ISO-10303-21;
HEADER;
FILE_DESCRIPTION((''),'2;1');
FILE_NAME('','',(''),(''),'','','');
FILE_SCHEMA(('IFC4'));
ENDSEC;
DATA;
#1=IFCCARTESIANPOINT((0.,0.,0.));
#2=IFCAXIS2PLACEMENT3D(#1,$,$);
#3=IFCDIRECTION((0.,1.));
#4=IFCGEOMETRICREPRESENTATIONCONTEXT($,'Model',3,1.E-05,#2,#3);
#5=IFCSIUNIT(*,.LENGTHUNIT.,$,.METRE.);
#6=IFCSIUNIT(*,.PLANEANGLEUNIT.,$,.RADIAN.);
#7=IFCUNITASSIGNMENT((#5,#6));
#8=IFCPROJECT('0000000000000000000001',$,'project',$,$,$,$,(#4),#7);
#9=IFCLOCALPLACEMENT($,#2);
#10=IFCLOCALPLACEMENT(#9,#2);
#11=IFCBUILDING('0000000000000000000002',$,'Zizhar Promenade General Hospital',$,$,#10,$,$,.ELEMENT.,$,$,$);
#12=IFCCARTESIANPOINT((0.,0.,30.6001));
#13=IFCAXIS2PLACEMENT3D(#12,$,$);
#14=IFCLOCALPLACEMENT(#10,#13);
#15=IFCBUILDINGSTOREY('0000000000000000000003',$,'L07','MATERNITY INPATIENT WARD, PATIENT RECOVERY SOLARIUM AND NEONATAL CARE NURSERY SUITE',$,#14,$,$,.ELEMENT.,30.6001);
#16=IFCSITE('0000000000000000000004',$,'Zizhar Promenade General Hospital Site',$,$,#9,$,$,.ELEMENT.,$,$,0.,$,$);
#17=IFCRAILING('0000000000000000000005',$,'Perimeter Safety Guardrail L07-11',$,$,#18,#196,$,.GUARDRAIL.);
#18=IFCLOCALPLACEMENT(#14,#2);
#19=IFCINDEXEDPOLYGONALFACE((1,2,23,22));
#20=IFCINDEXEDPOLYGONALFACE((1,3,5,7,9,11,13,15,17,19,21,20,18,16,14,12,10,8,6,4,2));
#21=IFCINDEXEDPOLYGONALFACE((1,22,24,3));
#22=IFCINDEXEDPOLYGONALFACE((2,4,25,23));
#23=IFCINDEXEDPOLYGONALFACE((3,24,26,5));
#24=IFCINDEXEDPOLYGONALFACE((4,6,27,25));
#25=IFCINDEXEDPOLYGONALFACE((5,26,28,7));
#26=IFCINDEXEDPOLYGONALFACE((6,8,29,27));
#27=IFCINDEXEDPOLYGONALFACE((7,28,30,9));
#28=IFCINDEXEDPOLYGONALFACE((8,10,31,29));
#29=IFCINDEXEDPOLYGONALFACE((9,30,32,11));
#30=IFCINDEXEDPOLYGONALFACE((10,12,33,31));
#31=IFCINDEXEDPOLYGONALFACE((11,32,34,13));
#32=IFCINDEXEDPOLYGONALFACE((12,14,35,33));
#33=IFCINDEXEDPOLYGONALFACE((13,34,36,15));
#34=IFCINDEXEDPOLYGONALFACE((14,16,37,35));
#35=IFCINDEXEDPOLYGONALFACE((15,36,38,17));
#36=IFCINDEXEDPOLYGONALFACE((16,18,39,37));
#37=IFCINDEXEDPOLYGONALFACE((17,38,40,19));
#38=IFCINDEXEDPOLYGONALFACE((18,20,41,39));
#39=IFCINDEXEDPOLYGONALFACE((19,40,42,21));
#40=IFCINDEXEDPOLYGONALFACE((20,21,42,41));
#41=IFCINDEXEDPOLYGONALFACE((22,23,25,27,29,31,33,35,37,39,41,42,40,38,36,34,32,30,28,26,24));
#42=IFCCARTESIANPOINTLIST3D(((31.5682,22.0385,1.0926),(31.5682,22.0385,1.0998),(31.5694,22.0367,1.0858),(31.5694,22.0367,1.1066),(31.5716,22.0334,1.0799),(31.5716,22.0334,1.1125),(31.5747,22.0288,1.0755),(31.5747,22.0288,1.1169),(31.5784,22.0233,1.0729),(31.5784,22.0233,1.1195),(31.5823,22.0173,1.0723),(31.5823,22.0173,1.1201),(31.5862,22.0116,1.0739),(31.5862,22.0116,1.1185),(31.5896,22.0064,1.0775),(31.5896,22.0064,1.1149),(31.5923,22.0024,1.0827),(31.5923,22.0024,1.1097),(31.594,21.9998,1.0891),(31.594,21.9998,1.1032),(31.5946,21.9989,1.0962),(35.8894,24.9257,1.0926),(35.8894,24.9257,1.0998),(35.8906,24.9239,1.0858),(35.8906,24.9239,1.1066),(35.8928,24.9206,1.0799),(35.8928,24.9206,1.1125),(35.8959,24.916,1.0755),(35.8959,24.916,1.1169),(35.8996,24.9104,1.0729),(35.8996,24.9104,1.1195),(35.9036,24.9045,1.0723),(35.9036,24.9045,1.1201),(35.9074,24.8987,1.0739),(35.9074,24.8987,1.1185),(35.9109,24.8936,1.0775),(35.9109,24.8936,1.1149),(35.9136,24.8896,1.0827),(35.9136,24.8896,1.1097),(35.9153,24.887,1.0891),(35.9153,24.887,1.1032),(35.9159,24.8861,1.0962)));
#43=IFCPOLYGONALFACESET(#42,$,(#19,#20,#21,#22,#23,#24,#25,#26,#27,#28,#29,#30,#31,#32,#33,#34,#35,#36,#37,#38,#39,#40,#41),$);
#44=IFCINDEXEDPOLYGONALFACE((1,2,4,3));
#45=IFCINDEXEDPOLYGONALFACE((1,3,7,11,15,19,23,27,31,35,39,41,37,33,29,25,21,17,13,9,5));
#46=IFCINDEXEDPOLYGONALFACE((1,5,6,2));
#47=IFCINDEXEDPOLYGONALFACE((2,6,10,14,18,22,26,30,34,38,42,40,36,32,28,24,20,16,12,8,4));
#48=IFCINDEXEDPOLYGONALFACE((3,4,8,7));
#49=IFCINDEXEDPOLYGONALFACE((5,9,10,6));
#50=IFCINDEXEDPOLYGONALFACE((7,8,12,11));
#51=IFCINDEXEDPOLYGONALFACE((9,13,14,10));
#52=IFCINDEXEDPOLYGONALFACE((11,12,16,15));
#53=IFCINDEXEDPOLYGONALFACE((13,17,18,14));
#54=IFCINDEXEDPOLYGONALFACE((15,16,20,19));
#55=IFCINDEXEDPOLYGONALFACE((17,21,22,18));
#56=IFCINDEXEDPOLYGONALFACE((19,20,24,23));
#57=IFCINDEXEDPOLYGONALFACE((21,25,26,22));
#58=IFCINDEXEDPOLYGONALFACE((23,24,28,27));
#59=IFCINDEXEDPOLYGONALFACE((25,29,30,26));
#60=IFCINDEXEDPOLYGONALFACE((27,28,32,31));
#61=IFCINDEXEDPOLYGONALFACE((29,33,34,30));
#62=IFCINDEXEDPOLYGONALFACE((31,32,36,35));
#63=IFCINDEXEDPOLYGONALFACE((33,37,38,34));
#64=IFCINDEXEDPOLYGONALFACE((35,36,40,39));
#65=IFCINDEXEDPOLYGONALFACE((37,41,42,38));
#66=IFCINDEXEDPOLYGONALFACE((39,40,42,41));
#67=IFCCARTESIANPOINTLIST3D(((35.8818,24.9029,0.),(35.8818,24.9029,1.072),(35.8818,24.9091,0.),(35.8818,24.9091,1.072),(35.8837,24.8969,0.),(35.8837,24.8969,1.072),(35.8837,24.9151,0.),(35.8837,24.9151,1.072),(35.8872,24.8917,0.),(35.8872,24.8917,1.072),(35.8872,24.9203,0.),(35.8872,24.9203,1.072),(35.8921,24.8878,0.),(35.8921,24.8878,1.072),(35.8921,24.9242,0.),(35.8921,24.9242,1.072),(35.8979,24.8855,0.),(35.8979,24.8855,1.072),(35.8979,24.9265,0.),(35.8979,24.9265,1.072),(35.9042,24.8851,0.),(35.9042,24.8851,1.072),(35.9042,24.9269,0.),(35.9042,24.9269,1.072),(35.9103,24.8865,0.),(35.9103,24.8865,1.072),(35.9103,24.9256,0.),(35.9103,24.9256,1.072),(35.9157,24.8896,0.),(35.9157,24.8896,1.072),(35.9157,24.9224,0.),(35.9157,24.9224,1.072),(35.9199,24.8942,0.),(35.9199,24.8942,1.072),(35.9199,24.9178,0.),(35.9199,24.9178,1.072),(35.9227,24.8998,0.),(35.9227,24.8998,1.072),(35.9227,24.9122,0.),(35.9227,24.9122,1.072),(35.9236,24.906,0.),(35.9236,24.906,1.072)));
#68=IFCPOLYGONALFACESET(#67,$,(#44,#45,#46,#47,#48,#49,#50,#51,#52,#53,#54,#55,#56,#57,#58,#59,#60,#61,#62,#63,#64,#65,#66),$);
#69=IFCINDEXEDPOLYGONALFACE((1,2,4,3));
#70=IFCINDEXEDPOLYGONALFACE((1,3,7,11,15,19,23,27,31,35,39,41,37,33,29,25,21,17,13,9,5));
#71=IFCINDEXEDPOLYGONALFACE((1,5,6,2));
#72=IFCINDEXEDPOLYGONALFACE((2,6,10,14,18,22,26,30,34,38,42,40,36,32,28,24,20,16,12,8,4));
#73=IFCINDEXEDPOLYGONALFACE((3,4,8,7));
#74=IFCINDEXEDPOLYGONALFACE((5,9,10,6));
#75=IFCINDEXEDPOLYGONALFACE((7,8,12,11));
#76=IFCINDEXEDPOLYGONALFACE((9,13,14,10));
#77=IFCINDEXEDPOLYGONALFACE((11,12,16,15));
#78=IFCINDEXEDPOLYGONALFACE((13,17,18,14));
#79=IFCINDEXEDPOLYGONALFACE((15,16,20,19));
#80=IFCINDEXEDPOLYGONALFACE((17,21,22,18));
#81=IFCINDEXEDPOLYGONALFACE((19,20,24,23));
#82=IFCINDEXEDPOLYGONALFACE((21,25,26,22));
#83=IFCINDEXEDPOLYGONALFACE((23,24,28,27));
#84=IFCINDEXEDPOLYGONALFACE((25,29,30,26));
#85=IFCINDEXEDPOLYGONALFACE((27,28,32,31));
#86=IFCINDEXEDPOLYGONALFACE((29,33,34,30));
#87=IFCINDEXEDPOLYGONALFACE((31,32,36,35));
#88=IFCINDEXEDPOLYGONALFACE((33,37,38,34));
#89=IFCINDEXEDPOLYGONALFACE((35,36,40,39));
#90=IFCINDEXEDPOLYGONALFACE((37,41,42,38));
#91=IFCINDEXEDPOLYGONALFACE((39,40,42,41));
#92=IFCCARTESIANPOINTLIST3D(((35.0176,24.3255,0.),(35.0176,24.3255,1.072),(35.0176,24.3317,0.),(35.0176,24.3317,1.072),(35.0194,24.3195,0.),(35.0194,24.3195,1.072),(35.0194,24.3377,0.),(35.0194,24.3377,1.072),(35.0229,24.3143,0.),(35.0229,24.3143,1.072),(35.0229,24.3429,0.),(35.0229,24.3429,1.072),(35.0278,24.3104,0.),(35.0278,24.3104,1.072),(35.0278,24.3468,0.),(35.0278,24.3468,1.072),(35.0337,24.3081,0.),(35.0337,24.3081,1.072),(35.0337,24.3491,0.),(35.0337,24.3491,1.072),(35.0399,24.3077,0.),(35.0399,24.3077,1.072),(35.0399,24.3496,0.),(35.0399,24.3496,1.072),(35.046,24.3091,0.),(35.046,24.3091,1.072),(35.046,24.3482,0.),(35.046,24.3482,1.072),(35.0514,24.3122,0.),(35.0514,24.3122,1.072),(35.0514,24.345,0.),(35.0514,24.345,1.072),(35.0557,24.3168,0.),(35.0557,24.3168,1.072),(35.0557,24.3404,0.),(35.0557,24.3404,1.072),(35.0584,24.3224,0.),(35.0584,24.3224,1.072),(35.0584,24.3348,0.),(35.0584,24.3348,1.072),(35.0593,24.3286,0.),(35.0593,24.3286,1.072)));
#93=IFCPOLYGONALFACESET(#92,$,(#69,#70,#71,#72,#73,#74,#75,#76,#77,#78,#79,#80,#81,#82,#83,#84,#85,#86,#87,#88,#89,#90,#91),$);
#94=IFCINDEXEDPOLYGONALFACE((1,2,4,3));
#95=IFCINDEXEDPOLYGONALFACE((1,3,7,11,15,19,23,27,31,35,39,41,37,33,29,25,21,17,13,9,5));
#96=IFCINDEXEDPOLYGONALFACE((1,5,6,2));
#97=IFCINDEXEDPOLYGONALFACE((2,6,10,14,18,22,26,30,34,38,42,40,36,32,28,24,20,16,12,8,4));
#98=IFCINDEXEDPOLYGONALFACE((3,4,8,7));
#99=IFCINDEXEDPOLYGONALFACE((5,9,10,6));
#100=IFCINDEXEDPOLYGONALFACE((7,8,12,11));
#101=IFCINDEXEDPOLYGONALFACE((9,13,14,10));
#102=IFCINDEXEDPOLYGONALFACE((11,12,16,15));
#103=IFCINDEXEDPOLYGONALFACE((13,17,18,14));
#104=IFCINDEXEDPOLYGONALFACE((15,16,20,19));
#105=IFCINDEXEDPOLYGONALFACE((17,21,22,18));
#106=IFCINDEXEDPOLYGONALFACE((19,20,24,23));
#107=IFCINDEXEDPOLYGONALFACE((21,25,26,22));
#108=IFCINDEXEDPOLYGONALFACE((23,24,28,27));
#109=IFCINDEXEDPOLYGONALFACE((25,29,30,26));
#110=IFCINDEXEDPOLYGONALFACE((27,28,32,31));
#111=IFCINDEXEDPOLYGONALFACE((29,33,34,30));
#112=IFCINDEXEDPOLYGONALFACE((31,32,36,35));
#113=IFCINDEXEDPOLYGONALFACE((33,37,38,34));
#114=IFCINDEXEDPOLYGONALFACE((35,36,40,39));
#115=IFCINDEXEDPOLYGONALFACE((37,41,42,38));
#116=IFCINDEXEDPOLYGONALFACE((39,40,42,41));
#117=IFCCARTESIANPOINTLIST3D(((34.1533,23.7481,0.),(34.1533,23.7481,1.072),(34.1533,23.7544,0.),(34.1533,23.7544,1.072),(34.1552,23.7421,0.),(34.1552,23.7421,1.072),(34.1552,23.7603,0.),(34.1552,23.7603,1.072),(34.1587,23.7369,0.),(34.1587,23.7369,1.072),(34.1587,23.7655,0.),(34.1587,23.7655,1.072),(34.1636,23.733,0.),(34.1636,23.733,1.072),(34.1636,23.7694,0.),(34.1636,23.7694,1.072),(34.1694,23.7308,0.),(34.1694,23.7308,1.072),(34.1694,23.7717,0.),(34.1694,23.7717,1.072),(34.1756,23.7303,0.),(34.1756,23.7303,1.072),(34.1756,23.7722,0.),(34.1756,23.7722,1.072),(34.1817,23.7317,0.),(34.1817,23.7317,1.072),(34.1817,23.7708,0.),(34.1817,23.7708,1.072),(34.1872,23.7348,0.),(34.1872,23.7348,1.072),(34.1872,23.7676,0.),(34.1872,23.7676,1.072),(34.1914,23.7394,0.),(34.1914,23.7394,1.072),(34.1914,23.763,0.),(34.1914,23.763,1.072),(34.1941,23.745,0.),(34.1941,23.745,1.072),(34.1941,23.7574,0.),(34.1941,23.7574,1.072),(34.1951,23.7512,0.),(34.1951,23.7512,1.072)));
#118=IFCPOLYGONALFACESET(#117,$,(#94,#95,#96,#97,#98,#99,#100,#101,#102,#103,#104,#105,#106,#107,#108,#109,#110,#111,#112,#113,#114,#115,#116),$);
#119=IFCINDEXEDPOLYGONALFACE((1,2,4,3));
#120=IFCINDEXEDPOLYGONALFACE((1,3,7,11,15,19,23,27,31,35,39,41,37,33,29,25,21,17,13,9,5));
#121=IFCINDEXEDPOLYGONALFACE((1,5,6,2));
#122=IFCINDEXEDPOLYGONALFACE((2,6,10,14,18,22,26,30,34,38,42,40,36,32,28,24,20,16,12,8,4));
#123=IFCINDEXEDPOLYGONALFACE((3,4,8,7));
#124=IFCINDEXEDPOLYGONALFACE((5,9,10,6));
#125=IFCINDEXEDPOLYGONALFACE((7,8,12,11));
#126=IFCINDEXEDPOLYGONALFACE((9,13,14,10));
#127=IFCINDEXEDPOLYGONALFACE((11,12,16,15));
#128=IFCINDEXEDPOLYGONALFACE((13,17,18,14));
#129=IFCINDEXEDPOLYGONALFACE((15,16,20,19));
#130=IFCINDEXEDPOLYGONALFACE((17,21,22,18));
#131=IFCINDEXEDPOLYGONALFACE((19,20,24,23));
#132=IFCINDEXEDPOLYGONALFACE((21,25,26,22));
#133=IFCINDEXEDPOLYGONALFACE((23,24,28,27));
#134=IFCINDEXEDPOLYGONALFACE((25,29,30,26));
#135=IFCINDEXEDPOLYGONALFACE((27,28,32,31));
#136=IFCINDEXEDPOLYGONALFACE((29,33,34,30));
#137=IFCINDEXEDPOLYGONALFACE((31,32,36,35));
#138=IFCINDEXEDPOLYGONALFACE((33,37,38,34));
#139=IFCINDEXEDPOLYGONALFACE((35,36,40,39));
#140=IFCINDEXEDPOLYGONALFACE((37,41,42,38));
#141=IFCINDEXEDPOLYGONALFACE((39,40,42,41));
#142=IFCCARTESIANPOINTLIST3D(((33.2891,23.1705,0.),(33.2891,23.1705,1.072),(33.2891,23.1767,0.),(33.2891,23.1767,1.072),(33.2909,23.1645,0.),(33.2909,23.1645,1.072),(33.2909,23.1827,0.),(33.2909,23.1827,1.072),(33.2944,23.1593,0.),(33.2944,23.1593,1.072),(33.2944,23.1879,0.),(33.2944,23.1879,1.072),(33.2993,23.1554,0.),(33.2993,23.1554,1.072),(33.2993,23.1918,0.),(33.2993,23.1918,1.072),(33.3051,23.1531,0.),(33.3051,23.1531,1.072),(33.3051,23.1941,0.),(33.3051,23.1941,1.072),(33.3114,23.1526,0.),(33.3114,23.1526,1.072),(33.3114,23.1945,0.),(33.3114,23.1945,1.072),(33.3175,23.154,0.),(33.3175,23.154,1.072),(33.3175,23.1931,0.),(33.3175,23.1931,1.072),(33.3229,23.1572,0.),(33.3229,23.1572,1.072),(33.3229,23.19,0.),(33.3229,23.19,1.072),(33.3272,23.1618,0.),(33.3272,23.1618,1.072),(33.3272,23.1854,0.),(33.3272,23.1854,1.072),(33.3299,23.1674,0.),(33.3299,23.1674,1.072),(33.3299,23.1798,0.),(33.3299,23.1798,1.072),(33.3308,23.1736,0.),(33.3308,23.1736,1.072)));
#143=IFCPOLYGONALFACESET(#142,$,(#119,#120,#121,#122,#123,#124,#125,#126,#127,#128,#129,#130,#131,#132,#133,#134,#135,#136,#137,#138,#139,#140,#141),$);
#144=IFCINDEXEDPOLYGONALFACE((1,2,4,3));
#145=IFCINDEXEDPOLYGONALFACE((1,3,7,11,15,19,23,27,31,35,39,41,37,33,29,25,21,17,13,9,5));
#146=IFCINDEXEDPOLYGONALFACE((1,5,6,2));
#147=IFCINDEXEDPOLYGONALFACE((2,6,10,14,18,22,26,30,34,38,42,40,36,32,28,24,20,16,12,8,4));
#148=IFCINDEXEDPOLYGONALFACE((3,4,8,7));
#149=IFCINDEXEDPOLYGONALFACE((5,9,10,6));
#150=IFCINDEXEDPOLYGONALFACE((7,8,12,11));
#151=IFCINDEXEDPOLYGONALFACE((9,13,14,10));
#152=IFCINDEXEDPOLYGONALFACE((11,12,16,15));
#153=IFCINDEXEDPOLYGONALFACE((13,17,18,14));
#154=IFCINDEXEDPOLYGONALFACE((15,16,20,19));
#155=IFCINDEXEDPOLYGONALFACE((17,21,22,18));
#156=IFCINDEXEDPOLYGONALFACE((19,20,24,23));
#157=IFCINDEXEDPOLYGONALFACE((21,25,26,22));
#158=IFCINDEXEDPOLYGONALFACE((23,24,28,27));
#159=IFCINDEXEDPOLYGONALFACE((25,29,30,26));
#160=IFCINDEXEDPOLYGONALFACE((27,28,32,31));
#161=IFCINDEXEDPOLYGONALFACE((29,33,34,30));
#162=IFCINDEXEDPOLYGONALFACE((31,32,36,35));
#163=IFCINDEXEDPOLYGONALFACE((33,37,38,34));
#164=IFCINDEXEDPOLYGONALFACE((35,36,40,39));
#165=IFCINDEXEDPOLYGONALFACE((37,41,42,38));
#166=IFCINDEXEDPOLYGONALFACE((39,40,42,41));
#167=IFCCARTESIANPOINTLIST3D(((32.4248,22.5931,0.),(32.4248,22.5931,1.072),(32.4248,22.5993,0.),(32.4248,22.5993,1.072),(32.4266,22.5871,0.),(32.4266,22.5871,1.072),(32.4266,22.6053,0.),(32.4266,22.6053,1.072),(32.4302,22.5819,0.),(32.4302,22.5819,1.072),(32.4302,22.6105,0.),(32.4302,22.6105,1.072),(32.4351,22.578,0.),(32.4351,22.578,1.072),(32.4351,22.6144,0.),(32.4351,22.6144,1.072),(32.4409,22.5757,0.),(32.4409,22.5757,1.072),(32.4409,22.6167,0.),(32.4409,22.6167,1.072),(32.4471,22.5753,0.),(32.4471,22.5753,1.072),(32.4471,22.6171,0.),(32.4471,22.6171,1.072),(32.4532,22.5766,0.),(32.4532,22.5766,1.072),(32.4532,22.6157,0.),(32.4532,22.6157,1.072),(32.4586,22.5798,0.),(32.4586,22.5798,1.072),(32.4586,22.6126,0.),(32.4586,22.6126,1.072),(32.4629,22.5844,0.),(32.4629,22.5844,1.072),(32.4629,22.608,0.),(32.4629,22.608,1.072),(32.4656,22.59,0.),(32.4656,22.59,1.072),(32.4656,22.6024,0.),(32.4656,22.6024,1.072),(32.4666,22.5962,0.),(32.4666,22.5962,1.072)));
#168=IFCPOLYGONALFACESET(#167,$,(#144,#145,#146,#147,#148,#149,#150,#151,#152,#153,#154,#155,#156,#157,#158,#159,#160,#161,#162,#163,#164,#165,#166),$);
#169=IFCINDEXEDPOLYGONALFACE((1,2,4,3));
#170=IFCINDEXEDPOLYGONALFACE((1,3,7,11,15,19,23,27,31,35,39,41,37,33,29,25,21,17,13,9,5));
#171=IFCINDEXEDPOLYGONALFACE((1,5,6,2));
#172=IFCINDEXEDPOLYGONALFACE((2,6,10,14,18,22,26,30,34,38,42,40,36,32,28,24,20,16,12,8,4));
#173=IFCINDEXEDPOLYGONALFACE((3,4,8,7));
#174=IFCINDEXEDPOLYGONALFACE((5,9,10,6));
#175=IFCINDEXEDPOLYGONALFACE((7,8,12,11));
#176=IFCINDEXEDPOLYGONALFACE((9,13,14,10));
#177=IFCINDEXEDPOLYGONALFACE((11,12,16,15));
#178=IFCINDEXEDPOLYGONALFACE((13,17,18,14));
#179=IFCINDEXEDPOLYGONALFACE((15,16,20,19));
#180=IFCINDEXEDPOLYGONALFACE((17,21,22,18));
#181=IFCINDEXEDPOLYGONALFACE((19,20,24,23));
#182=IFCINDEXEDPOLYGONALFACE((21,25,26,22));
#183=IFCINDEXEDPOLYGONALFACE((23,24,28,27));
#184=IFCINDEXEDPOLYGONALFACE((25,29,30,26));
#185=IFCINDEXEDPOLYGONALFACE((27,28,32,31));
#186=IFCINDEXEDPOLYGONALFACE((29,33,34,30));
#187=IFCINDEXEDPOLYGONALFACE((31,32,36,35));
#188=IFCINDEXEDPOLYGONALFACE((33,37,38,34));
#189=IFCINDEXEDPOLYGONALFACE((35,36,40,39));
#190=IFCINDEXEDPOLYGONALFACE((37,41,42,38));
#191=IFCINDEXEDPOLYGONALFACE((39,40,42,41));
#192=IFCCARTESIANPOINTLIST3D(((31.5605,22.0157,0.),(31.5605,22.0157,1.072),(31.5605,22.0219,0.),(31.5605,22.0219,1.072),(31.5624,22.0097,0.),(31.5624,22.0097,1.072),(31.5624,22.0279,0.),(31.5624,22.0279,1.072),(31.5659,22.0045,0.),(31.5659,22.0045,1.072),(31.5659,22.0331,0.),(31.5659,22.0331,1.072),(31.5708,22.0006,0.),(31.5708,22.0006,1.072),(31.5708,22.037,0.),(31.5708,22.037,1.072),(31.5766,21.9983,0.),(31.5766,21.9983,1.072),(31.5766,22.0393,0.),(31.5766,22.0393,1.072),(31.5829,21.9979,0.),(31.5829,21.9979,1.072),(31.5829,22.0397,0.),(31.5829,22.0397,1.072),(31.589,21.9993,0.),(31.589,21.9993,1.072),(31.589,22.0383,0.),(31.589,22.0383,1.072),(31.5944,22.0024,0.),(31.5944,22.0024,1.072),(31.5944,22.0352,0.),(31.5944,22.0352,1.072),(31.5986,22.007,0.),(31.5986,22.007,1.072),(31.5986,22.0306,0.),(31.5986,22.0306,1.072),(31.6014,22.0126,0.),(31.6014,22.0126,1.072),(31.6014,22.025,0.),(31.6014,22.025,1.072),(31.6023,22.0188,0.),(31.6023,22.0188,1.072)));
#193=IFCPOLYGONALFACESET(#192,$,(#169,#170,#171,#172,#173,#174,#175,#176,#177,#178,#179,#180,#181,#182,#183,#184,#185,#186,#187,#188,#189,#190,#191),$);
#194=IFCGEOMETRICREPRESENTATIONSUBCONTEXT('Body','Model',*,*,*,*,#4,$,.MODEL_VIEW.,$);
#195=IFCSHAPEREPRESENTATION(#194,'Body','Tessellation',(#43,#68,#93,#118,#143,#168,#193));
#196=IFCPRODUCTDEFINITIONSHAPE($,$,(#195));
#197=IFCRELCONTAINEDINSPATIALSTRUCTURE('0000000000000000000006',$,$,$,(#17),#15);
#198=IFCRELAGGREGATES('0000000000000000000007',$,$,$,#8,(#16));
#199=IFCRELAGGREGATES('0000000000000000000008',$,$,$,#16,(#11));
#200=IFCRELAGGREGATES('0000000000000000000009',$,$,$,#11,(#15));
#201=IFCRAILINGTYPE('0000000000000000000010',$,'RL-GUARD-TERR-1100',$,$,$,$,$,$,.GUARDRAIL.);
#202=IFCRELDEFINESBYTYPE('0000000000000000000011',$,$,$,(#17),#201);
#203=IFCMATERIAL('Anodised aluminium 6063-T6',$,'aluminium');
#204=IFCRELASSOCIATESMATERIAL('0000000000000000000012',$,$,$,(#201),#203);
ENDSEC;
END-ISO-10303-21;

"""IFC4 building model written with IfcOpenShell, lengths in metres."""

from ifc_helpers import new_model, si_unit, direction, frame, origin, origin_2d, place, context, subcontext, project, spatial, circle, hollow_circle, extrude, material, material_profile, profile_set, type_object, element, save


model = new_model("IFC4")

# Units and contexts
model_context = context("Model", 3, precision=1e-05, world=origin(), true_north=direction((0.0, 1.0)))
body_context = subcontext(model_context, "Body", "Model", "MODEL_VIEW")
ifc_project = project(units=[si_unit("LENGTHUNIT", "METRE"), si_unit("PLANEANGLEUNIT", "RADIAN")], contexts=[model_context])

# Site, building, storey
site_placement = place(None, origin())
site = spatial("IfcSite", under=ifc_project, at=site_placement, Name="Zizhar Promenade General Hospital Site", CompositionType="ELEMENT", RefElevation=0.0)
building_placement = place(site_placement, origin())
building = spatial("IfcBuilding", under=site, at=building_placement, Name="Zizhar Promenade General Hospital", CompositionType="ELEMENT")
storey_placement = place(building_placement, frame((0.0, 0.0, 30.6001)))
storey = spatial("IfcBuildingStorey", under=building, at=storey_placement, Name="L07", Description="MATERNITY INPATIENT WARD, PATIENT RECOVERY SOLARIUM AND NEONATAL CARE NURSERY SUITE", CompositionType="ELEMENT", Elevation=30.6001)

# Railing
ifc_material_1 = material(Name="Anodised aluminium 6063-T6", Category="aluminium")
ifc_material_profile_1 = material_profile(ifc_material_1, hollow_circle(Radius=0.0698, WallThickness=0.0063, at=origin_2d()))
ifc_profile_set_1 = profile_set([ifc_material_profile_1], Name="Anodised aluminium 6063-T6")
railing_type = type_object("IfcRailingType", Name="RL-GUARD-TERR-1100", PredefinedType="GUARDRAIL", material=ifc_profile_set_1)
railing_1_placement = place(storey_placement, frame((35.9026, 24.906, 0.0)))
element("IfcRailing", 1, at=railing_1_placement, inside=storey, type_object=railing_type, Name="Perimeter Safety Guardrail L07-11", PredefinedType="GUARDRAIL", context=body_context, shape_type="SweptSolid", body=[
    extrude(circle(Radius=0.0239, at=origin_2d()), frame((0.0, 0.0, 1.0962), z_axis=(-0.831486, -0.555545, 0.0), x_axis=(0.555545, -0.831486, 0.0)), (0.0, 0.0, 1.0), 5.197),
    extrude(circle(Radius=0.021, at=origin_2d()), origin(), (0.0, 0.0, 1.0), 1.072),
    extrude(circle(Radius=0.021, at=origin_2d()), frame((-0.8643, -0.5774, 0.0)), (0.0, 0.0, 1.0), 1.072),
    extrude(circle(Radius=0.021, at=origin_2d()), frame((-1.7285, -1.1548, 0.0)), (0.0, 0.0, 1.0), 1.072),
    extrude(circle(Radius=0.021, at=origin_2d()), frame((-2.5928, -1.7324, 0.0)), (0.0, 0.0, 1.0), 1.072),
    extrude(circle(Radius=0.021, at=origin_2d()), frame((-3.457, -2.3098, 0.0)), (0.0, 0.0, 1.0), 1.072),
    extrude(circle(Radius=0.021, at=origin_2d()), frame((-4.3213, -2.8872, 0.0)), (0.0, 0.0, 1.0), 1.072),
])

save(model, "model.ifc")
